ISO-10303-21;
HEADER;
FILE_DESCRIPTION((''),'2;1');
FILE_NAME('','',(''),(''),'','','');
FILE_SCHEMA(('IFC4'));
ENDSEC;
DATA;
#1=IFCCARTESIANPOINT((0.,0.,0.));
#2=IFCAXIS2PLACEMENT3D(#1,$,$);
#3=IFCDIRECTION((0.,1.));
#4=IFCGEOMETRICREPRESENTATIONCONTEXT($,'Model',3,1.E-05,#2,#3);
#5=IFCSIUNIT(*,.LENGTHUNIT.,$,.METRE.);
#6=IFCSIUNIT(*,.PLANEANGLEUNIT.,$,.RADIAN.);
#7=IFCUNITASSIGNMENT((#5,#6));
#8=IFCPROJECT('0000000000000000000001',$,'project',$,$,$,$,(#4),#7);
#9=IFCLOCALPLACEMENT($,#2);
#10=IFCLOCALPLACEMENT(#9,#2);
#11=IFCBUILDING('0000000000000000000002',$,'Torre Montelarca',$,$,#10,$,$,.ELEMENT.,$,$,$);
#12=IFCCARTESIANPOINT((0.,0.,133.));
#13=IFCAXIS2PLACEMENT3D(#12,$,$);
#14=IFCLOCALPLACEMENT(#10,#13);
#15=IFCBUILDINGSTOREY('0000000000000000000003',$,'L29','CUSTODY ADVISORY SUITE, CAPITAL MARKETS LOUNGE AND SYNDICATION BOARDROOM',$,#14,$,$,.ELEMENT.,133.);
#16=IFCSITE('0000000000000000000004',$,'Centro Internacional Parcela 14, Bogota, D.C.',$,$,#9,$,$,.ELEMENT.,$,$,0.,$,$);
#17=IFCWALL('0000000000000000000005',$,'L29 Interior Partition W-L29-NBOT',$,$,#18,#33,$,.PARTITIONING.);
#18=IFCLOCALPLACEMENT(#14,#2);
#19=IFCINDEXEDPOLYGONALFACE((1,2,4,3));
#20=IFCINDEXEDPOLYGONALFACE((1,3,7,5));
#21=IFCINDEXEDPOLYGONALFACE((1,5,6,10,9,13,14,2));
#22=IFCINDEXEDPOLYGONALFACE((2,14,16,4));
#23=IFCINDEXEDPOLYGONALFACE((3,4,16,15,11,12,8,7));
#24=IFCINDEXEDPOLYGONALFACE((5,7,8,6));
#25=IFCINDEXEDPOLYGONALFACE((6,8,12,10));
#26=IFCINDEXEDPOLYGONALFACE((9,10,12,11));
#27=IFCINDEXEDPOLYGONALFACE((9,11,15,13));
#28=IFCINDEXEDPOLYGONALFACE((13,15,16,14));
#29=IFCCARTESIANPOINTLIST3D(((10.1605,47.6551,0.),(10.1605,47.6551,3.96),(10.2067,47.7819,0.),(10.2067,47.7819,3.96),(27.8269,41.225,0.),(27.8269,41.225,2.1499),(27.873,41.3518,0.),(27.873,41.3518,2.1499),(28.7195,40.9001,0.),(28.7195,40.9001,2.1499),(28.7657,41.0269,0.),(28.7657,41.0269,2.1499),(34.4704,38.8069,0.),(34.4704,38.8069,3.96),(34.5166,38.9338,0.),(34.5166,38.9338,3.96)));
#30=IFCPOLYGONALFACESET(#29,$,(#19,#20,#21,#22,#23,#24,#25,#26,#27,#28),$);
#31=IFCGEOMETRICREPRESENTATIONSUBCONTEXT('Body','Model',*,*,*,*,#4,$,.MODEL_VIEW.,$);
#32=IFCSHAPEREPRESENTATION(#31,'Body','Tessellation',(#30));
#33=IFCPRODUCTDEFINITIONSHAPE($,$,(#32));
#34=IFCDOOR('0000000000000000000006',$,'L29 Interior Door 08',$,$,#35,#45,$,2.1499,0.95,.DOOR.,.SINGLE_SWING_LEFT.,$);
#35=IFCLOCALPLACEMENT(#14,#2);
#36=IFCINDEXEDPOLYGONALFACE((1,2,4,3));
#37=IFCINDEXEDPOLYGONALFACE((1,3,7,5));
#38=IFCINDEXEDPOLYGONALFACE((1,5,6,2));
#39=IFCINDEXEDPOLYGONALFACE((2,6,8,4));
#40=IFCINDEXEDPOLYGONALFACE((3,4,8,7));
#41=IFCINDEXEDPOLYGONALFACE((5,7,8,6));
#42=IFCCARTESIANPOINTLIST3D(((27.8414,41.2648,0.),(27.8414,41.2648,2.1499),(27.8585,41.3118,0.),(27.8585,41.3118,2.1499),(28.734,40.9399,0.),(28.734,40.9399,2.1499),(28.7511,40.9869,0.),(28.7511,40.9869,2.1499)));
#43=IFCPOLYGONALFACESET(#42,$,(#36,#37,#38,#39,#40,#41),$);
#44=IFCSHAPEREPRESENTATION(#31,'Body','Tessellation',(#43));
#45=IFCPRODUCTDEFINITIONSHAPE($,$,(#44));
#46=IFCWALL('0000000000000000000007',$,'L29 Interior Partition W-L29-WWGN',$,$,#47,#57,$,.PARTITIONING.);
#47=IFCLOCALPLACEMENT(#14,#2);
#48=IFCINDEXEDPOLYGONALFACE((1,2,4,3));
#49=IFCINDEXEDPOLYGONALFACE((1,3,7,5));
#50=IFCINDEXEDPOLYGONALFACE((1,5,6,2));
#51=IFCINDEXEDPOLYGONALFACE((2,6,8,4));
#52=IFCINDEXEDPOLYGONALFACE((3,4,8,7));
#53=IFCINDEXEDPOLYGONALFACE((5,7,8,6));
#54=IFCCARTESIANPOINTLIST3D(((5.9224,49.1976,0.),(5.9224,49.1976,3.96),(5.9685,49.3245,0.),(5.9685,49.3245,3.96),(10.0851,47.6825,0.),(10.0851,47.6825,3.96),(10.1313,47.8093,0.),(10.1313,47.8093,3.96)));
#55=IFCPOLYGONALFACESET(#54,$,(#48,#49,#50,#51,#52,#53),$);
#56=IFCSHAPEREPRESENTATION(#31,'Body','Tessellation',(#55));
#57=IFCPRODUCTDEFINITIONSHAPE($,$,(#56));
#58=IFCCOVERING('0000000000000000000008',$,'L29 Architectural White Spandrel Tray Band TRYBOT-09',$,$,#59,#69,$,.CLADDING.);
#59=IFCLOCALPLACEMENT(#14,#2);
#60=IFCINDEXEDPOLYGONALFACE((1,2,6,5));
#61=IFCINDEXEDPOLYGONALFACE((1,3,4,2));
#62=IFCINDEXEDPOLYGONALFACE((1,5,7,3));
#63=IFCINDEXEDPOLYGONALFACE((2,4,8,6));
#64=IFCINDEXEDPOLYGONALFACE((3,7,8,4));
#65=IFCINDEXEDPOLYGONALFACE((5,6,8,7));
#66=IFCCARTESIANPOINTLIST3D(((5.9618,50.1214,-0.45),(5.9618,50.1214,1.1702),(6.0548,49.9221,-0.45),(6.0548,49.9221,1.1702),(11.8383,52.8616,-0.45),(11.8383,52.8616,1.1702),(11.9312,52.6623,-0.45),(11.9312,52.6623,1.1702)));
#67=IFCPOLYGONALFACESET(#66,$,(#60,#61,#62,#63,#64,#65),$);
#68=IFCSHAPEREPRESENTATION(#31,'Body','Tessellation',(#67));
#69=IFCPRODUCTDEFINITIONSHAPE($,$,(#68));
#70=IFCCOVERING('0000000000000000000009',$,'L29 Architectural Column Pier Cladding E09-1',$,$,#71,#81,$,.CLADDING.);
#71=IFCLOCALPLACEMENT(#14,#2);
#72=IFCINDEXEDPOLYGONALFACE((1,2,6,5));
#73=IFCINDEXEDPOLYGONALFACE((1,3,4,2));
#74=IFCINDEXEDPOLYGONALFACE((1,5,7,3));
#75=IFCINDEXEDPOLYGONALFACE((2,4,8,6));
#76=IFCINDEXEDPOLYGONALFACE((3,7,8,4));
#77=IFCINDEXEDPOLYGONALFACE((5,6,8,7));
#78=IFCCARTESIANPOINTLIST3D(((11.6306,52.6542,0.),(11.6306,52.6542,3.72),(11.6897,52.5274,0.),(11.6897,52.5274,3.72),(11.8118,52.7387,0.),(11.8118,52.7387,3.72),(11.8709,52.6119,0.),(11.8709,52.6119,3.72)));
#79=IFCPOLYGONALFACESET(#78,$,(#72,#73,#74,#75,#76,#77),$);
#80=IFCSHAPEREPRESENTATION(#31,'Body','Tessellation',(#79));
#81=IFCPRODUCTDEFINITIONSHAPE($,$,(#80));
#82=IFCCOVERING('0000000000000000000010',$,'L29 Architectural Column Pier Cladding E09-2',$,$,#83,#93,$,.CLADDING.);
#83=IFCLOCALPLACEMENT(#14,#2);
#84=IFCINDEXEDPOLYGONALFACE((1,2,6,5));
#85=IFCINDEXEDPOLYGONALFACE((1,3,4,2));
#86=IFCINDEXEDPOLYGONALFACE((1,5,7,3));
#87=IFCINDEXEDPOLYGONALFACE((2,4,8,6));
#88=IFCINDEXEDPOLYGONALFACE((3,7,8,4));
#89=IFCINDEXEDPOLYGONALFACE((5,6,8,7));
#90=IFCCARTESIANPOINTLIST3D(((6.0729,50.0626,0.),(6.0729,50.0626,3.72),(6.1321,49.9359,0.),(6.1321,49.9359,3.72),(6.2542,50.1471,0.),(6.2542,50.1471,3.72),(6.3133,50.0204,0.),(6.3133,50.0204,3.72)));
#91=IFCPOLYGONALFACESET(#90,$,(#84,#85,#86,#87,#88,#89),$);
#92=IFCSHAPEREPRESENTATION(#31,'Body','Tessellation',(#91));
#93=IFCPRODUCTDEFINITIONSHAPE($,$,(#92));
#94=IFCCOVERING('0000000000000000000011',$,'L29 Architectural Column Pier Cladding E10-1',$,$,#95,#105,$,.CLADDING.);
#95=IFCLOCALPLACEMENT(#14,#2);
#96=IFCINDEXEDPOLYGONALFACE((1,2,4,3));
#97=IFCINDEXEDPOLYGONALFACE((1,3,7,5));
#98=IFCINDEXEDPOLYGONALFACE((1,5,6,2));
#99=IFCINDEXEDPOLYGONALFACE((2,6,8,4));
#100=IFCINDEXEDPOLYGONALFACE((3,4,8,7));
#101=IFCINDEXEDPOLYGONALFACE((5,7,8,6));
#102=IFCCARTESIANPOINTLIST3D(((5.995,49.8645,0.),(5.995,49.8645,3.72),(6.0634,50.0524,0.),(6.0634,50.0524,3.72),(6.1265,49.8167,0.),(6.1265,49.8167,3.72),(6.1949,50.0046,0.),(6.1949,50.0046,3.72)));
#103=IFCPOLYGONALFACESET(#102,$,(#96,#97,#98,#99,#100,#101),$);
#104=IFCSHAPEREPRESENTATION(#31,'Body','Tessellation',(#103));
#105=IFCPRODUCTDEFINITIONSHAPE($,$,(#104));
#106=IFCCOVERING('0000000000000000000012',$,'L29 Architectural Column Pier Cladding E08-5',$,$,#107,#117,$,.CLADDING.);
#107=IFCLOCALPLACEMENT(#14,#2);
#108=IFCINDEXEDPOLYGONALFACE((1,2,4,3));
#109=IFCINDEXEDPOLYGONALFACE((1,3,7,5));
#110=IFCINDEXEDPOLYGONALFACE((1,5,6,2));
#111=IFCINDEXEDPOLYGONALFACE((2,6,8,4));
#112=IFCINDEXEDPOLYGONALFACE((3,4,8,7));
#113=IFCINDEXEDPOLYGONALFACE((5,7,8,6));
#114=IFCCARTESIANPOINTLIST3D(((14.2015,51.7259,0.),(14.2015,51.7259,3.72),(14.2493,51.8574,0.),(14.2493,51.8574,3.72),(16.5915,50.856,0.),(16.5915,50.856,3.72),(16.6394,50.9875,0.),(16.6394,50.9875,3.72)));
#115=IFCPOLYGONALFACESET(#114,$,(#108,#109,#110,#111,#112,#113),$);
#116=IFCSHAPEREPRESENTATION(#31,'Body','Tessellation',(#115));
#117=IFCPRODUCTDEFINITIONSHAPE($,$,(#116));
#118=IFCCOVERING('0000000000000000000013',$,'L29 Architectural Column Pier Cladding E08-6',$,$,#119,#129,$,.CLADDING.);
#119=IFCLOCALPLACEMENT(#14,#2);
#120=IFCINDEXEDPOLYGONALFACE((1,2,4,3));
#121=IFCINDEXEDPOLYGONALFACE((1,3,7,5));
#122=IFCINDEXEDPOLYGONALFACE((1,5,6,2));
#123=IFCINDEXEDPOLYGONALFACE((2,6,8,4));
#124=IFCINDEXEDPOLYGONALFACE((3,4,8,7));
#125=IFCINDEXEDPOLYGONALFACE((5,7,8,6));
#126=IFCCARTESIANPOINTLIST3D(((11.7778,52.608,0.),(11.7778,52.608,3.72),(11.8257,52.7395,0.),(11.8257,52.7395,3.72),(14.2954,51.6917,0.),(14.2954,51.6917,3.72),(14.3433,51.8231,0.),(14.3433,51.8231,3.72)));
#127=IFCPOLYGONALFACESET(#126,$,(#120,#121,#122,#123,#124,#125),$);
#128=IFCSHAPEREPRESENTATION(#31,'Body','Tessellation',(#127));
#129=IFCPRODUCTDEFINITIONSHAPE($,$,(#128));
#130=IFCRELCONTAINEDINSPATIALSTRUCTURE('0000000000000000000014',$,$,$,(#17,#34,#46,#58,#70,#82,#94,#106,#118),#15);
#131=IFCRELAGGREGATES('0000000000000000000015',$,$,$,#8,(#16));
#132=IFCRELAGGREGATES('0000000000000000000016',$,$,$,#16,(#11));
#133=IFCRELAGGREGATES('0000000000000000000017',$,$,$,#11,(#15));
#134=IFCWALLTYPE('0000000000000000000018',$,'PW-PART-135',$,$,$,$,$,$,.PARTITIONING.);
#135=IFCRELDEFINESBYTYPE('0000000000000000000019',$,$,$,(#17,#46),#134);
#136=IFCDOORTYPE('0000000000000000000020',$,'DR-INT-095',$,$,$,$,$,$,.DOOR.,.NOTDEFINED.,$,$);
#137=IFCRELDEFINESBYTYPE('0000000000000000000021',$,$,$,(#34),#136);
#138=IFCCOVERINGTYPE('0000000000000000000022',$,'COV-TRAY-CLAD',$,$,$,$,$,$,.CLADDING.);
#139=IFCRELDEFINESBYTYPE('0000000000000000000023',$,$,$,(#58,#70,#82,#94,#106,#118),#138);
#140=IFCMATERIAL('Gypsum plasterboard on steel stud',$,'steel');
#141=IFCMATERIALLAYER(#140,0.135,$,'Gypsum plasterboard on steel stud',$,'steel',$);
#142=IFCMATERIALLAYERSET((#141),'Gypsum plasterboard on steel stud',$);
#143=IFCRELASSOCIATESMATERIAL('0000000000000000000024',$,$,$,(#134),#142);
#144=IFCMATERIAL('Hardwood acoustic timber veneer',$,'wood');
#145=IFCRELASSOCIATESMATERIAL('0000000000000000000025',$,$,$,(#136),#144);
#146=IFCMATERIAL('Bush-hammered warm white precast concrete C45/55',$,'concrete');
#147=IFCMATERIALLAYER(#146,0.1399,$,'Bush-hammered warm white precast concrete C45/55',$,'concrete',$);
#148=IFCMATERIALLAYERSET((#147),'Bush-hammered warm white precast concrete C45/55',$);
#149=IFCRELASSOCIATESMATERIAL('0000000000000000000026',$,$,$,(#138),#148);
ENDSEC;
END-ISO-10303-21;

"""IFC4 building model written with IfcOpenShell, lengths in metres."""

from ifc_helpers import new_model, si_unit, direction, frame, frame_2d, origin, origin_2d, place, context, subcontext, project, spatial, rectangle, extrude, source, transform, mapped, material, layer, layer_set, type_object, element, fill, save


model = new_model("IFC4")

# Units and contexts
model_context = context("Model", 3, precision=1e-05, world=origin(), true_north=direction((0.0, 1.0)))
body_context = subcontext(model_context, "Body", "Model", "MODEL_VIEW")
ifc_project = project(units=[si_unit("LENGTHUNIT", "METRE"), si_unit("PLANEANGLEUNIT", "RADIAN")], contexts=[model_context])

# Site, building, storey
site_placement = place(None, origin())
site = spatial("IfcSite", under=ifc_project, at=site_placement, Name="Centro Internacional Parcela 14, Bogota, D.C.", CompositionType="ELEMENT", RefElevation=0.0)
building_placement = place(site_placement, origin())
building = spatial("IfcBuilding", under=site, at=building_placement, Name="Torre Montelarca", CompositionType="ELEMENT")
storey_placement = place(building_placement, frame((0.0, 0.0, 133.0)))
storey = spatial("IfcBuildingStorey", under=building, at=storey_placement, Name="L29", Description="CUSTODY ADVISORY SUITE, CAPITAL MARKETS LOUNGE AND SYNDICATION BOARDROOM", CompositionType="ELEMENT", Elevation=133.0)

# Wall, opening, door
ifc_material_1 = material(Name="Gypsum plasterboard on steel stud", Category="steel")
ifc_layer_1 = layer(ifc_material_1, 0.135, Name="Gypsum plasterboard on steel stud", Category="steel")
ifc_layer_set_1 = layer_set([ifc_layer_1], Name="Gypsum plasterboard on steel stud")
wall_type_1 = type_object("IfcWallType", Name="PW-PART-135", PredefinedType="PARTITIONING", material=ifc_layer_set_1)
wall_1_placement = place(storey_placement, frame((10.1836, 47.7185, 0.0), z_axis=(0.0, 0.0, 1.0), x_axis=(0.939691, -0.342023, 0.0)))
wall_1 = element("IfcWall", 1, at=wall_1_placement, inside=storey, type_object=wall_type_1, Name="L29 Interior Partition W-L29-NBOT", PredefinedType="PARTITIONING", context=body_context, shape_type="SweptSolid", body=[
    extrude(rectangle(XDim=25.8701, YDim=0.135, at=frame_2d((12.9351, 0.0))), origin(), (0.0, 0.0, 1.0), 3.96),
])
opening_placement = place(wall_1_placement, frame((18.8, 0.0, 0.0)))
opening = element("IfcOpeningElement", 2, at=opening_placement, cuts=wall_1, PredefinedType="OPENING", context=body_context, shape_type="SweptSolid", body=[
    extrude(rectangle(XDim=0.95, YDim=2.1499, at=frame_2d((0.4751, 1.075))), frame((0.0, 0.0776, 0.0), z_axis=(0.0, -1.0, 0.0), x_axis=(1.0, 0.0, 0.0)), (0.0, 0.0, 1.0), 0.155),
])
ifc_material_2 = material(Name="Hardwood acoustic timber veneer", Category="wood")
door_type = type_object("IfcDoorType", Name="DR-INT-095", OperationType="NOTDEFINED", PredefinedType="DOOR", material=ifc_material_2)
shared_shape_1 = source(origin(), body_context, "Body", "SweptSolid", [
    extrude(rectangle(XDim=0.95, YDim=2.1499, at=frame_2d((0.4751, 1.075))), frame((0.0, 0.0249, 0.0), z_axis=(0.0, -1.0, 0.0), x_axis=(1.0, 0.0, 0.0)), (0.0, 0.0, 1.0), 0.05),
])
door_placement = place(opening_placement, origin())
door = element("IfcDoor", 3, at=door_placement, inside=storey, type_object=door_type, Name="L29 Interior Door 08", OperationType="SINGLE_SWING_LEFT", OverallHeight=2.1499, OverallWidth=0.95, PredefinedType="DOOR", context=body_context, shape_type="MappedRepresentation", body=[
    mapped(shared_shape_1, transform((0.0, 0.0, 0.0), scale=1.0)),
])
fill(opening, door)

# Wall
wall_2_placement = place(storey_placement, frame((5.9456, 49.261, 0.0), z_axis=(0.0, 0.0, 1.0), x_axis=(0.939694, -0.342017, 0.0)))
element("IfcWall", 4, at=wall_2_placement, inside=storey, type_object=wall_type_1, Name="L29 Interior Partition W-L29-WWGN", PredefinedType="PARTITIONING", context=body_context, shape_type="SweptSolid", body=[
    extrude(rectangle(XDim=4.4299, YDim=0.135, at=frame_2d((2.2148, 0.0))), origin(), (0.0, 0.0, 1.0), 3.96),
])

# Coverings
ifc_material_3 = material(Name="Bush-hammered warm white precast concrete C45/55", Category="concrete")
ifc_layer_2 = layer(ifc_material_3, 0.1399, Name="Bush-hammered warm white precast concrete C45/55", Category="concrete")
ifc_layer_set_2 = layer_set([ifc_layer_2], Name="Bush-hammered warm white precast concrete C45/55")
covering_type = type_object("IfcCoveringType", Name="COV-TRAY-CLAD", PredefinedType="CLADDING", material=ifc_layer_set_2)
shared_shape_2 = source(origin(), body_context, "Body", "SweptSolid", [
    extrude(rectangle(XDim=6.4839, YDim=0.22, at=origin_2d()), origin(), (0.0, 0.0, 1.0), 1.6201),
])
covering_1_placement = place(storey_placement, frame((8.9465, 51.3918, -0.45), z_axis=(0.0, 0.0, 1.0), x_axis=(-0.906309, -0.422615, 0.0)))
element("IfcCovering", 5, at=covering_1_placement, inside=storey, type_object=covering_type, Name="L29 Architectural White Spandrel Tray Band TRYBOT-09", PredefinedType="CLADDING", context=body_context, shape_type="MappedRepresentation", body=[
    mapped(shared_shape_2, transform((0.0, 0.0, 0.0), scale=1.0)),
])
shared_shape_3 = source(origin(), body_context, "Body", "SweptSolid", [
    extrude(rectangle(XDim=0.2, YDim=0.1399, at=origin_2d()), origin(), (0.0, 0.0, 1.0), 3.72),
])
for number, where, z_axis, x_axis, name in (
    (6, (11.7507, 52.6331, 0.0), (0.0, 0.0, 1.0), (-0.906311, -0.422612, 0.0), "L29 Architectural Column Pier Cladding E09-1"),
    (7, (6.1931, 50.0415, 0.0), (0.0, 0.0, 1.0), (-0.906311, -0.422612, 0.0), "L29 Architectural Column Pier Cladding E09-2"),
    (8, (6.095, 49.9346, 0.0), (0.0, 0.0, 1.0), (-0.342019, -0.939693, 0.0), "L29 Architectural Column Pier Cladding E10-1"),
):
    element("IfcCovering", number, at=place(storey_placement, frame(where, z_axis=z_axis, x_axis=x_axis)), inside=storey, type_object=covering_type, Name=name, PredefinedType="CLADDING", context=body_context, shape_type="MappedRepresentation", body=[
        mapped(shared_shape_3, transform((0.0, 0.0, 0.0), scale=1.0)),
    ])
shared_shape_4 = source(origin(), body_context, "Body", "SweptSolid", [
    extrude(rectangle(XDim=2.5435, YDim=0.1399, at=origin_2d()), origin(), (0.0, 0.0, 1.0), 3.72),
])
covering_2_placement = place(storey_placement, frame((15.4204, 51.3567, 0.0), z_axis=(0.0, 0.0, 1.0), x_axis=(-0.939694, 0.342017, 0.0)))
element("IfcCovering", 9, at=covering_2_placement, inside=storey, type_object=covering_type, Name="L29 Architectural Column Pier Cladding E08-5", PredefinedType="CLADDING", context=body_context, shape_type="MappedRepresentation", body=[
    mapped(shared_shape_4, transform((0.0, 0.0, 0.0), scale=1.0)),
])
shared_shape_5 = source(origin(), body_context, "Body", "SweptSolid", [
    extrude(rectangle(XDim=2.6792, YDim=0.1399, at=origin_2d()), origin(), (0.0, 0.0, 1.0), 3.72),
])
covering_3_placement = place(storey_placement, frame((13.0605, 52.2156, 0.0), z_axis=(0.0, 0.0, 1.0), x_axis=(-0.939694, 0.342017, 0.0)))
element("IfcCovering", 10, at=covering_3_placement, inside=storey, type_object=covering_type, Name="L29 Architectural Column Pier Cladding E08-6", PredefinedType="CLADDING", context=body_context, shape_type="MappedRepresentation", body=[
    mapped(shared_shape_5, transform((0.0, 0.0, 0.0), scale=1.0)),
])

save(model, "model.ifc")
